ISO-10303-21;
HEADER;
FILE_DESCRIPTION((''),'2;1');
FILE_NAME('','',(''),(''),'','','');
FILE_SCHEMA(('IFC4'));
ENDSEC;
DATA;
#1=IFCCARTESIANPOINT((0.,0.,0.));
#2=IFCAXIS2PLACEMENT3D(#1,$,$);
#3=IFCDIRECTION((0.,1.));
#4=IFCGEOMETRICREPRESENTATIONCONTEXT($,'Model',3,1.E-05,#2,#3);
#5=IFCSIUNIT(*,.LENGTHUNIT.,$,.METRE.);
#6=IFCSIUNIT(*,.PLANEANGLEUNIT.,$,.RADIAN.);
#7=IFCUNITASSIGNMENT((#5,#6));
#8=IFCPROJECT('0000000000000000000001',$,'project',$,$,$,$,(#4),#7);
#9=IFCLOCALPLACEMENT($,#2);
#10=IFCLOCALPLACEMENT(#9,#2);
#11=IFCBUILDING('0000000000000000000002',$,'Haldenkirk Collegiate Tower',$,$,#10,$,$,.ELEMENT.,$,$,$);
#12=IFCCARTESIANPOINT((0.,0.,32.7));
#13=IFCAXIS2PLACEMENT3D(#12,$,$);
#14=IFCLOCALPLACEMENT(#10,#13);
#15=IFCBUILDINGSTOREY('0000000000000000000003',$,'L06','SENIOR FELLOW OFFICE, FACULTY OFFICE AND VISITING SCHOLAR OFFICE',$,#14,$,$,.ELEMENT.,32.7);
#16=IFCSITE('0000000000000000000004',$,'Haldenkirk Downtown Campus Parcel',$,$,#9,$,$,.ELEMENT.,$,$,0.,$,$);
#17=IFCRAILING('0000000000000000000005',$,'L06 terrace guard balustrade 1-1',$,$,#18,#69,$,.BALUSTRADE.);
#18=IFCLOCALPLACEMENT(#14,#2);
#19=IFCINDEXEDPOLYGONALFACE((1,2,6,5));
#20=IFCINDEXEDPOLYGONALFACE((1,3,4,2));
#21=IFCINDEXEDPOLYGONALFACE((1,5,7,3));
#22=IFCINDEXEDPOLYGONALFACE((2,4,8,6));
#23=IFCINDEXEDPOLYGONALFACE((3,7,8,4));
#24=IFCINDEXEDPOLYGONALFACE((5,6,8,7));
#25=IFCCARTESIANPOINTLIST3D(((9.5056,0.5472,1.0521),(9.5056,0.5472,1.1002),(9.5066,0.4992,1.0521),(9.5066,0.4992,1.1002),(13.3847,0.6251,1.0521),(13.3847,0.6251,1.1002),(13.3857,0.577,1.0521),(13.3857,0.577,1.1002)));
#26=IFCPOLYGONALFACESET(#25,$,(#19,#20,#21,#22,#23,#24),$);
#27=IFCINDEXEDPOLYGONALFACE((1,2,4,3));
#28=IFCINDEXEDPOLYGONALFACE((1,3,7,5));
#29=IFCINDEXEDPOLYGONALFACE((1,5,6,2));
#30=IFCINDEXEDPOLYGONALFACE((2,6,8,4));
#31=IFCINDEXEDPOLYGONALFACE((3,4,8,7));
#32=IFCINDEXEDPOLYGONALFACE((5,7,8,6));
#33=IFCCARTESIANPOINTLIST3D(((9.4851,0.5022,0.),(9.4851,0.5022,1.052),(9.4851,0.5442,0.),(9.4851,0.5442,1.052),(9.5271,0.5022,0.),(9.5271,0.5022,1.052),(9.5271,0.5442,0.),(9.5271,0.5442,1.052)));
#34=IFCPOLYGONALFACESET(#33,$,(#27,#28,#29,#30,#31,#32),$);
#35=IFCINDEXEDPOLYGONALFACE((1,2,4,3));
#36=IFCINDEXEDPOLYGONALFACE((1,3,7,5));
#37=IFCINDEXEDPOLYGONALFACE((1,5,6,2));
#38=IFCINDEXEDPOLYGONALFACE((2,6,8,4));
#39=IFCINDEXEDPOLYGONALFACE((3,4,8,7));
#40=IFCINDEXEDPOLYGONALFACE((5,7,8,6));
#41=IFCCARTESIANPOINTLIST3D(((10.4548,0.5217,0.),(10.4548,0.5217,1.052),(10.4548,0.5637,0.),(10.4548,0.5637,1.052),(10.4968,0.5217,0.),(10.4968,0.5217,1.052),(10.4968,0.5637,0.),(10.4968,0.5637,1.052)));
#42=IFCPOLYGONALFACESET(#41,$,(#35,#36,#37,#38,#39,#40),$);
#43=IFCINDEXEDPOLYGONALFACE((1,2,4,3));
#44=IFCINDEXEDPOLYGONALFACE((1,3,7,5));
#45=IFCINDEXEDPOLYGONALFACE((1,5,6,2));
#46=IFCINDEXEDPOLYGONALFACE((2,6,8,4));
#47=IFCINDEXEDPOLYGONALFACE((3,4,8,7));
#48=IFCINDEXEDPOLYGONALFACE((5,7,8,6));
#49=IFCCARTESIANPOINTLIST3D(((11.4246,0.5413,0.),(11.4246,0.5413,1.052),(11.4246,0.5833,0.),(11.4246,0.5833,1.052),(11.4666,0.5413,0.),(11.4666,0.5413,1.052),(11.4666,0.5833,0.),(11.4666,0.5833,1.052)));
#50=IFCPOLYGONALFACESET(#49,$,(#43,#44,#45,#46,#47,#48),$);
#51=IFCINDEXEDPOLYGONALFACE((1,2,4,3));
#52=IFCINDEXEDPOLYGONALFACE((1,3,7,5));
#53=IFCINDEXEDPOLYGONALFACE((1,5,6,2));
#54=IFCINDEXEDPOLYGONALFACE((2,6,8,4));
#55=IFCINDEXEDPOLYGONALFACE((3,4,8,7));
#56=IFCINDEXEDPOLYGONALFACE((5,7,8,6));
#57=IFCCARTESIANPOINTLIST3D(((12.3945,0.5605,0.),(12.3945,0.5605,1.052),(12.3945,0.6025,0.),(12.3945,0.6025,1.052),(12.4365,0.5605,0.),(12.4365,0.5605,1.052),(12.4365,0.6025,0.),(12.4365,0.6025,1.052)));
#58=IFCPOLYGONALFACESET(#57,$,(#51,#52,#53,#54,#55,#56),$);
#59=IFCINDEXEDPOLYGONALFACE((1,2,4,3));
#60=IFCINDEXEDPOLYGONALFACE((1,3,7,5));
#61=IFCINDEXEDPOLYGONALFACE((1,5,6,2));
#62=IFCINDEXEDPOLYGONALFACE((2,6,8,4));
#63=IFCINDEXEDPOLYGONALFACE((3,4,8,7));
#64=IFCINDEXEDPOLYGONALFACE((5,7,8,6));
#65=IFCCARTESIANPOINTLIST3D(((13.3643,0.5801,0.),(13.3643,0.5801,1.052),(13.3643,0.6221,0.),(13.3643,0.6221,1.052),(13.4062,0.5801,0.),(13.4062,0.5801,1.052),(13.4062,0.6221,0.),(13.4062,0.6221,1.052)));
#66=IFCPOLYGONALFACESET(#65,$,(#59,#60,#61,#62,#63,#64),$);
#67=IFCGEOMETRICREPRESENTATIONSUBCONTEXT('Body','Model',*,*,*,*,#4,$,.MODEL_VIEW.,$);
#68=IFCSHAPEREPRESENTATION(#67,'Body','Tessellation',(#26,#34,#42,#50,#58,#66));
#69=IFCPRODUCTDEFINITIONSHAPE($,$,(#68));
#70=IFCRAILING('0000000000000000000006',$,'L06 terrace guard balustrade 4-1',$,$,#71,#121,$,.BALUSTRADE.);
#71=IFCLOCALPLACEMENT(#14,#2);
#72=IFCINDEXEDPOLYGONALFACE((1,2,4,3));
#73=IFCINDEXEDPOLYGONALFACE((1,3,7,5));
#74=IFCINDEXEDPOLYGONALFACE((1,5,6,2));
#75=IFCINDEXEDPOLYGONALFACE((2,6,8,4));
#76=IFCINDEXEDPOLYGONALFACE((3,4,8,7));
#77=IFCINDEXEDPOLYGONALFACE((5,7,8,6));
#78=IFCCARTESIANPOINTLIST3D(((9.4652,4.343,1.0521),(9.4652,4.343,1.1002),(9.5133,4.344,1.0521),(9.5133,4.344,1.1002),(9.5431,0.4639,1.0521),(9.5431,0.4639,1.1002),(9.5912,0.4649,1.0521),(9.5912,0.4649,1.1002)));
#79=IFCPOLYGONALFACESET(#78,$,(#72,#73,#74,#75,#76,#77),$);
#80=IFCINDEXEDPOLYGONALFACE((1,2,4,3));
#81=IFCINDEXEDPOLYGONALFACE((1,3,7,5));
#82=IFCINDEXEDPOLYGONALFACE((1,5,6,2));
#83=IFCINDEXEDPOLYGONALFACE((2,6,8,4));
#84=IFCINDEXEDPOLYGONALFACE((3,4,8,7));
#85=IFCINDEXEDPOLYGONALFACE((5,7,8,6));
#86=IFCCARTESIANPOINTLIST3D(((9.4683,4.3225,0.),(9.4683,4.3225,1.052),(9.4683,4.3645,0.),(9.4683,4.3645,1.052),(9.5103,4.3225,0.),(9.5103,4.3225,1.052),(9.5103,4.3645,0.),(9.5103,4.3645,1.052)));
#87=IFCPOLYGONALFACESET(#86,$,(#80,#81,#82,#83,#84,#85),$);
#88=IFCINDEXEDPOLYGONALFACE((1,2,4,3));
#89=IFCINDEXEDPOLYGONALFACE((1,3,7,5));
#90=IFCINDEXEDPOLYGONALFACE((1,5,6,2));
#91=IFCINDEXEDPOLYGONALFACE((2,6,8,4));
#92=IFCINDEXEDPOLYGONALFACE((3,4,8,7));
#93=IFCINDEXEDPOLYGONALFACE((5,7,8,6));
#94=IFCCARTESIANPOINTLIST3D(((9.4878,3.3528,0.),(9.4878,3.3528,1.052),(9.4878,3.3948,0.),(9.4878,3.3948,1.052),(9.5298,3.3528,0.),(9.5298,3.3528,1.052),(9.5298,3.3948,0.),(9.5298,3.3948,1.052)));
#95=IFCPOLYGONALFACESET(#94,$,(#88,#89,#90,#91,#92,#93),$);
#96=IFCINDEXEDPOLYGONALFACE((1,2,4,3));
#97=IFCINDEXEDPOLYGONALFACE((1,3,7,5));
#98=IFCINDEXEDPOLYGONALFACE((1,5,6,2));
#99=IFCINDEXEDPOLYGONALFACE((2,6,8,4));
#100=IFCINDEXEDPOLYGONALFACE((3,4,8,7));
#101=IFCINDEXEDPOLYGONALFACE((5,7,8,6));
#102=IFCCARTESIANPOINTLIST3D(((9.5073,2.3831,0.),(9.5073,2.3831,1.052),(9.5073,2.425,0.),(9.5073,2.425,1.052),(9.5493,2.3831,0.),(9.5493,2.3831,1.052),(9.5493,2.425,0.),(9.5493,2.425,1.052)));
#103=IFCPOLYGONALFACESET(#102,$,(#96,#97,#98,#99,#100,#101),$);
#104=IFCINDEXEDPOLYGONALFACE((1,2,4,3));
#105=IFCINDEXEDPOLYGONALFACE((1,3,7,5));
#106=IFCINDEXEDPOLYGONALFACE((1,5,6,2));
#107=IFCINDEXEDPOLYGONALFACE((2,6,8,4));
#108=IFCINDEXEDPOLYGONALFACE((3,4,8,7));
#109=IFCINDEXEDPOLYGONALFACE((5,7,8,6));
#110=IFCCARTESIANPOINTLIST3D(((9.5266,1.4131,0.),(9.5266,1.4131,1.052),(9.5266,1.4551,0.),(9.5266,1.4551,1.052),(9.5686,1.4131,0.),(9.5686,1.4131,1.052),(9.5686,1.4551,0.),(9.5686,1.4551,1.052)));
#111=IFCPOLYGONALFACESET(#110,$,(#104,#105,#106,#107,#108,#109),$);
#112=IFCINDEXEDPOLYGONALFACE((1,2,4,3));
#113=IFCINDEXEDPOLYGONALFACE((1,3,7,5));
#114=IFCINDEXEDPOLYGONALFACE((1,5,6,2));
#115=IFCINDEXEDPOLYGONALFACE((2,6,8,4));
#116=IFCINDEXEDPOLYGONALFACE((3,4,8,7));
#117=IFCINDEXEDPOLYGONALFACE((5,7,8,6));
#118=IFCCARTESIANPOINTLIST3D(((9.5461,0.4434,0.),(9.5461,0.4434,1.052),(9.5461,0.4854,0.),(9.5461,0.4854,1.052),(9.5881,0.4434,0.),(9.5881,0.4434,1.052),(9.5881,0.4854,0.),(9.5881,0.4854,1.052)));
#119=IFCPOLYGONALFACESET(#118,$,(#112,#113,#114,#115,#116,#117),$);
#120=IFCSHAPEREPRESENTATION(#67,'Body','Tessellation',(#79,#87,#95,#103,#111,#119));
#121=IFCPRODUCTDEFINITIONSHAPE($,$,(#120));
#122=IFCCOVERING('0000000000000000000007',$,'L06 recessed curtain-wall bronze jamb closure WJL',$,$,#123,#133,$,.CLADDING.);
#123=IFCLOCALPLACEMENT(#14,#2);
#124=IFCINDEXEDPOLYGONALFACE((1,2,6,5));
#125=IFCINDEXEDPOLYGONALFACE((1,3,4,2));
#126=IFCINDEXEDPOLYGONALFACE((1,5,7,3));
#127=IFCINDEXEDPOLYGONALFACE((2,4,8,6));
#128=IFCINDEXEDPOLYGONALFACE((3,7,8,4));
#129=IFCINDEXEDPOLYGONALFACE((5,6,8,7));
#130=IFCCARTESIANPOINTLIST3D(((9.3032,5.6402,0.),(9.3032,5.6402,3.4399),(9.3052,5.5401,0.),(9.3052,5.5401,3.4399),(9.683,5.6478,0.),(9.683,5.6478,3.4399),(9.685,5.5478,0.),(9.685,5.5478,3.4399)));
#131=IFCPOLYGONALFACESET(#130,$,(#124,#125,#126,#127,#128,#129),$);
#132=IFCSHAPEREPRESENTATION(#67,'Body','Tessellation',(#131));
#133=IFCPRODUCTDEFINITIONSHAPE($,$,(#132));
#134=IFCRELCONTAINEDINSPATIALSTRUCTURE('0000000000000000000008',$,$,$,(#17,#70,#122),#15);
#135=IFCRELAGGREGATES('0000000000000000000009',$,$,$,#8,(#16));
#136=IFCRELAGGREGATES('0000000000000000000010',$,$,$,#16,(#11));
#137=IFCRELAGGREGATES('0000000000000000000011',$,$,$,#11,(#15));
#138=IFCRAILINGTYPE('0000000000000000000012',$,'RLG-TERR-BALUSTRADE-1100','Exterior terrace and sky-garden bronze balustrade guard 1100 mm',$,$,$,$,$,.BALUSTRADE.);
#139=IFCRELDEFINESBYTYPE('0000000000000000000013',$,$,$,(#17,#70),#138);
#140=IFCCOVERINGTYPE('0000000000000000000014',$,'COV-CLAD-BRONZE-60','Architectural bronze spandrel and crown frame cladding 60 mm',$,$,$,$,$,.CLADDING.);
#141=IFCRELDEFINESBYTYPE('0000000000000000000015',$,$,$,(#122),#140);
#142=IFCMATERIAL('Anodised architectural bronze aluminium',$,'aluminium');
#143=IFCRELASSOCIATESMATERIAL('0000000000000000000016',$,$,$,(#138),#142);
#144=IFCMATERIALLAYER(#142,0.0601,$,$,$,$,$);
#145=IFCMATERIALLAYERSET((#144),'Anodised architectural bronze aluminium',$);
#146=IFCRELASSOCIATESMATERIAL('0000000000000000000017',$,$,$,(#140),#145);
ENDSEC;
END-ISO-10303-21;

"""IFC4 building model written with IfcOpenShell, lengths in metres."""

from ifc_helpers import new_model, si_unit, direction, frame, origin, origin_2d, place, context, subcontext, project, spatial, rectangle, extrude, source, transform, mapped, material, layer, layer_set, type_object, element, save


model = new_model("IFC4")

# Units and contexts
model_context = context("Model", 3, precision=1e-05, world=origin(), true_north=direction((0.0, 1.0)))
body_context = subcontext(model_context, "Body", "Model", "MODEL_VIEW")
ifc_project = project(units=[si_unit("LENGTHUNIT", "METRE"), si_unit("PLANEANGLEUNIT", "RADIAN")], contexts=[model_context])

# Site, building, storey
site_placement = place(None, origin())
site = spatial("IfcSite", under=ifc_project, at=site_placement, Name="Haldenkirk Downtown Campus Parcel", CompositionType="ELEMENT", RefElevation=0.0)
building_placement = place(site_placement, origin())
building = spatial("IfcBuilding", under=site, at=building_placement, Name="Haldenkirk Collegiate Tower", CompositionType="ELEMENT")
storey_placement = place(building_placement, frame((0.0, 0.0, 32.7)))
storey = spatial("IfcBuildingStorey", under=building, at=storey_placement, Name="L06", Description="SENIOR FELLOW OFFICE, FACULTY OFFICE AND VISITING SCHOLAR OFFICE", CompositionType="ELEMENT", Elevation=32.7)

# Shared definitions
ifc_material_1 = material(Name="Anodised architectural bronze aluminium", Category="aluminium")

# Railings
railing_type = type_object("IfcRailingType", Name="RLG-TERR-BALUSTRADE-1100", Description="Exterior terrace and sky-garden bronze balustrade guard 1100 mm", PredefinedType="BALUSTRADE", material=ifc_material_1)
railing_1_placement = place(storey_placement, frame((9.5061, 0.5232, 0.0)))
element("IfcRailing", 1, at=railing_1_placement, inside=storey, type_object=railing_type, Name="L06 terrace guard balustrade 1-1", PredefinedType="BALUSTRADE", context=body_context, shape_type="SweptSolid", body=[
    extrude(rectangle(XDim=0.0481, YDim=0.0481, at=origin_2d()), frame((0.0, 0.0, 1.0762), z_axis=(0.999799, 0.020073, 0.0), x_axis=(-0.020073, 0.999799, 0.0)), (0.0, 0.0, 1.0), 3.8799),
    extrude(rectangle(XDim=0.042, YDim=0.042, at=origin_2d()), origin(), (0.0, 0.0, 1.0), 1.052),
    extrude(rectangle(XDim=0.042, YDim=0.042, at=origin_2d()), frame((0.9697, 0.0195, 0.0)), (0.0, 0.0, 1.0), 1.052),
    extrude(rectangle(XDim=0.042, YDim=0.042, at=origin_2d()), frame((1.9395, 0.0391, 0.0)), (0.0, 0.0, 1.0), 1.052),
    extrude(rectangle(XDim=0.042, YDim=0.042, at=origin_2d()), frame((2.9094, 0.0583, 0.0)), (0.0, 0.0, 1.0), 1.052),
    extrude(rectangle(XDim=0.042, YDim=0.042, at=origin_2d()), frame((3.8792, 0.0779, 0.0)), (0.0, 0.0, 1.0), 1.052),
])
railing_2_placement = place(storey_placement, frame((9.4893, 4.3435, 0.0)))
element("IfcRailing", 2, at=railing_2_placement, inside=storey, type_object=railing_type, Name="L06 terrace guard balustrade 4-1", PredefinedType="BALUSTRADE", context=body_context, shape_type="SweptSolid", body=[
    extrude(rectangle(XDim=0.0481, YDim=0.0481, at=origin_2d()), frame((0.0, 0.0, 1.0762), z_axis=(0.020073, -0.999799, 0.0), x_axis=(0.999799, 0.020073, 0.0)), (0.0, 0.0, 1.0), 3.8799),
    extrude(rectangle(XDim=0.042, YDim=0.042, at=origin_2d()), origin(), (0.0, 0.0, 1.0), 1.052),
    extrude(rectangle(XDim=0.042, YDim=0.042, at=origin_2d()), frame((0.0195, -0.9697, 0.0)), (0.0, 0.0, 1.0), 1.052),
    extrude(rectangle(XDim=0.042, YDim=0.042, at=origin_2d()), frame((0.0391, -1.9395, 0.0)), (0.0, 0.0, 1.0), 1.052),
    extrude(rectangle(XDim=0.042, YDim=0.042, at=origin_2d()), frame((0.0583, -2.9094, 0.0)), (0.0, 0.0, 1.0), 1.052),
    extrude(rectangle(XDim=0.042, YDim=0.042, at=origin_2d()), frame((0.0779, -3.8792, 0.0)), (0.0, 0.0, 1.0), 1.052),
])

# Covering
ifc_layer_1 = layer(ifc_material_1, 0.0601)
ifc_layer_set_1 = layer_set([ifc_layer_1], Name="Anodised architectural bronze aluminium")
covering_type_1 = type_object("IfcCoveringType", Name="COV-CLAD-BRONZE-60", Description="Architectural bronze spandrel and crown frame cladding 60 mm", PredefinedType="CLADDING", material=ifc_layer_set_1)
shared_shape_1 = source(origin(), body_context, "Body", "SweptSolid", [
    extrude(rectangle(XDim=0.1001, YDim=0.3799, at=origin_2d()), origin(), (0.0, 0.0, 1.0), 3.4399),
])
covering_1_placement = place(storey_placement, frame((9.4941, 5.594, 0.0), z_axis=(0.0, 0.0, 1.0), x_axis=(-0.02007, 0.999799, 0.0)))
element("IfcCovering", 3, at=covering_1_placement, inside=storey, type_object=covering_type_1, Name="L06 recessed curtain-wall bronze jamb closure WJL", PredefinedType="CLADDING", context=body_context, shape_type="MappedRepresentation", body=[
    mapped(shared_shape_1, transform((0.0, 0.0, 0.0), x_axis=(1.0, 0.0, 0.0), y_axis=(0.0, 1.0, 0.0), z_axis=(0.0, 0.0, 1.0), scale=1.0)),
])

save(model, "model.ifc")
